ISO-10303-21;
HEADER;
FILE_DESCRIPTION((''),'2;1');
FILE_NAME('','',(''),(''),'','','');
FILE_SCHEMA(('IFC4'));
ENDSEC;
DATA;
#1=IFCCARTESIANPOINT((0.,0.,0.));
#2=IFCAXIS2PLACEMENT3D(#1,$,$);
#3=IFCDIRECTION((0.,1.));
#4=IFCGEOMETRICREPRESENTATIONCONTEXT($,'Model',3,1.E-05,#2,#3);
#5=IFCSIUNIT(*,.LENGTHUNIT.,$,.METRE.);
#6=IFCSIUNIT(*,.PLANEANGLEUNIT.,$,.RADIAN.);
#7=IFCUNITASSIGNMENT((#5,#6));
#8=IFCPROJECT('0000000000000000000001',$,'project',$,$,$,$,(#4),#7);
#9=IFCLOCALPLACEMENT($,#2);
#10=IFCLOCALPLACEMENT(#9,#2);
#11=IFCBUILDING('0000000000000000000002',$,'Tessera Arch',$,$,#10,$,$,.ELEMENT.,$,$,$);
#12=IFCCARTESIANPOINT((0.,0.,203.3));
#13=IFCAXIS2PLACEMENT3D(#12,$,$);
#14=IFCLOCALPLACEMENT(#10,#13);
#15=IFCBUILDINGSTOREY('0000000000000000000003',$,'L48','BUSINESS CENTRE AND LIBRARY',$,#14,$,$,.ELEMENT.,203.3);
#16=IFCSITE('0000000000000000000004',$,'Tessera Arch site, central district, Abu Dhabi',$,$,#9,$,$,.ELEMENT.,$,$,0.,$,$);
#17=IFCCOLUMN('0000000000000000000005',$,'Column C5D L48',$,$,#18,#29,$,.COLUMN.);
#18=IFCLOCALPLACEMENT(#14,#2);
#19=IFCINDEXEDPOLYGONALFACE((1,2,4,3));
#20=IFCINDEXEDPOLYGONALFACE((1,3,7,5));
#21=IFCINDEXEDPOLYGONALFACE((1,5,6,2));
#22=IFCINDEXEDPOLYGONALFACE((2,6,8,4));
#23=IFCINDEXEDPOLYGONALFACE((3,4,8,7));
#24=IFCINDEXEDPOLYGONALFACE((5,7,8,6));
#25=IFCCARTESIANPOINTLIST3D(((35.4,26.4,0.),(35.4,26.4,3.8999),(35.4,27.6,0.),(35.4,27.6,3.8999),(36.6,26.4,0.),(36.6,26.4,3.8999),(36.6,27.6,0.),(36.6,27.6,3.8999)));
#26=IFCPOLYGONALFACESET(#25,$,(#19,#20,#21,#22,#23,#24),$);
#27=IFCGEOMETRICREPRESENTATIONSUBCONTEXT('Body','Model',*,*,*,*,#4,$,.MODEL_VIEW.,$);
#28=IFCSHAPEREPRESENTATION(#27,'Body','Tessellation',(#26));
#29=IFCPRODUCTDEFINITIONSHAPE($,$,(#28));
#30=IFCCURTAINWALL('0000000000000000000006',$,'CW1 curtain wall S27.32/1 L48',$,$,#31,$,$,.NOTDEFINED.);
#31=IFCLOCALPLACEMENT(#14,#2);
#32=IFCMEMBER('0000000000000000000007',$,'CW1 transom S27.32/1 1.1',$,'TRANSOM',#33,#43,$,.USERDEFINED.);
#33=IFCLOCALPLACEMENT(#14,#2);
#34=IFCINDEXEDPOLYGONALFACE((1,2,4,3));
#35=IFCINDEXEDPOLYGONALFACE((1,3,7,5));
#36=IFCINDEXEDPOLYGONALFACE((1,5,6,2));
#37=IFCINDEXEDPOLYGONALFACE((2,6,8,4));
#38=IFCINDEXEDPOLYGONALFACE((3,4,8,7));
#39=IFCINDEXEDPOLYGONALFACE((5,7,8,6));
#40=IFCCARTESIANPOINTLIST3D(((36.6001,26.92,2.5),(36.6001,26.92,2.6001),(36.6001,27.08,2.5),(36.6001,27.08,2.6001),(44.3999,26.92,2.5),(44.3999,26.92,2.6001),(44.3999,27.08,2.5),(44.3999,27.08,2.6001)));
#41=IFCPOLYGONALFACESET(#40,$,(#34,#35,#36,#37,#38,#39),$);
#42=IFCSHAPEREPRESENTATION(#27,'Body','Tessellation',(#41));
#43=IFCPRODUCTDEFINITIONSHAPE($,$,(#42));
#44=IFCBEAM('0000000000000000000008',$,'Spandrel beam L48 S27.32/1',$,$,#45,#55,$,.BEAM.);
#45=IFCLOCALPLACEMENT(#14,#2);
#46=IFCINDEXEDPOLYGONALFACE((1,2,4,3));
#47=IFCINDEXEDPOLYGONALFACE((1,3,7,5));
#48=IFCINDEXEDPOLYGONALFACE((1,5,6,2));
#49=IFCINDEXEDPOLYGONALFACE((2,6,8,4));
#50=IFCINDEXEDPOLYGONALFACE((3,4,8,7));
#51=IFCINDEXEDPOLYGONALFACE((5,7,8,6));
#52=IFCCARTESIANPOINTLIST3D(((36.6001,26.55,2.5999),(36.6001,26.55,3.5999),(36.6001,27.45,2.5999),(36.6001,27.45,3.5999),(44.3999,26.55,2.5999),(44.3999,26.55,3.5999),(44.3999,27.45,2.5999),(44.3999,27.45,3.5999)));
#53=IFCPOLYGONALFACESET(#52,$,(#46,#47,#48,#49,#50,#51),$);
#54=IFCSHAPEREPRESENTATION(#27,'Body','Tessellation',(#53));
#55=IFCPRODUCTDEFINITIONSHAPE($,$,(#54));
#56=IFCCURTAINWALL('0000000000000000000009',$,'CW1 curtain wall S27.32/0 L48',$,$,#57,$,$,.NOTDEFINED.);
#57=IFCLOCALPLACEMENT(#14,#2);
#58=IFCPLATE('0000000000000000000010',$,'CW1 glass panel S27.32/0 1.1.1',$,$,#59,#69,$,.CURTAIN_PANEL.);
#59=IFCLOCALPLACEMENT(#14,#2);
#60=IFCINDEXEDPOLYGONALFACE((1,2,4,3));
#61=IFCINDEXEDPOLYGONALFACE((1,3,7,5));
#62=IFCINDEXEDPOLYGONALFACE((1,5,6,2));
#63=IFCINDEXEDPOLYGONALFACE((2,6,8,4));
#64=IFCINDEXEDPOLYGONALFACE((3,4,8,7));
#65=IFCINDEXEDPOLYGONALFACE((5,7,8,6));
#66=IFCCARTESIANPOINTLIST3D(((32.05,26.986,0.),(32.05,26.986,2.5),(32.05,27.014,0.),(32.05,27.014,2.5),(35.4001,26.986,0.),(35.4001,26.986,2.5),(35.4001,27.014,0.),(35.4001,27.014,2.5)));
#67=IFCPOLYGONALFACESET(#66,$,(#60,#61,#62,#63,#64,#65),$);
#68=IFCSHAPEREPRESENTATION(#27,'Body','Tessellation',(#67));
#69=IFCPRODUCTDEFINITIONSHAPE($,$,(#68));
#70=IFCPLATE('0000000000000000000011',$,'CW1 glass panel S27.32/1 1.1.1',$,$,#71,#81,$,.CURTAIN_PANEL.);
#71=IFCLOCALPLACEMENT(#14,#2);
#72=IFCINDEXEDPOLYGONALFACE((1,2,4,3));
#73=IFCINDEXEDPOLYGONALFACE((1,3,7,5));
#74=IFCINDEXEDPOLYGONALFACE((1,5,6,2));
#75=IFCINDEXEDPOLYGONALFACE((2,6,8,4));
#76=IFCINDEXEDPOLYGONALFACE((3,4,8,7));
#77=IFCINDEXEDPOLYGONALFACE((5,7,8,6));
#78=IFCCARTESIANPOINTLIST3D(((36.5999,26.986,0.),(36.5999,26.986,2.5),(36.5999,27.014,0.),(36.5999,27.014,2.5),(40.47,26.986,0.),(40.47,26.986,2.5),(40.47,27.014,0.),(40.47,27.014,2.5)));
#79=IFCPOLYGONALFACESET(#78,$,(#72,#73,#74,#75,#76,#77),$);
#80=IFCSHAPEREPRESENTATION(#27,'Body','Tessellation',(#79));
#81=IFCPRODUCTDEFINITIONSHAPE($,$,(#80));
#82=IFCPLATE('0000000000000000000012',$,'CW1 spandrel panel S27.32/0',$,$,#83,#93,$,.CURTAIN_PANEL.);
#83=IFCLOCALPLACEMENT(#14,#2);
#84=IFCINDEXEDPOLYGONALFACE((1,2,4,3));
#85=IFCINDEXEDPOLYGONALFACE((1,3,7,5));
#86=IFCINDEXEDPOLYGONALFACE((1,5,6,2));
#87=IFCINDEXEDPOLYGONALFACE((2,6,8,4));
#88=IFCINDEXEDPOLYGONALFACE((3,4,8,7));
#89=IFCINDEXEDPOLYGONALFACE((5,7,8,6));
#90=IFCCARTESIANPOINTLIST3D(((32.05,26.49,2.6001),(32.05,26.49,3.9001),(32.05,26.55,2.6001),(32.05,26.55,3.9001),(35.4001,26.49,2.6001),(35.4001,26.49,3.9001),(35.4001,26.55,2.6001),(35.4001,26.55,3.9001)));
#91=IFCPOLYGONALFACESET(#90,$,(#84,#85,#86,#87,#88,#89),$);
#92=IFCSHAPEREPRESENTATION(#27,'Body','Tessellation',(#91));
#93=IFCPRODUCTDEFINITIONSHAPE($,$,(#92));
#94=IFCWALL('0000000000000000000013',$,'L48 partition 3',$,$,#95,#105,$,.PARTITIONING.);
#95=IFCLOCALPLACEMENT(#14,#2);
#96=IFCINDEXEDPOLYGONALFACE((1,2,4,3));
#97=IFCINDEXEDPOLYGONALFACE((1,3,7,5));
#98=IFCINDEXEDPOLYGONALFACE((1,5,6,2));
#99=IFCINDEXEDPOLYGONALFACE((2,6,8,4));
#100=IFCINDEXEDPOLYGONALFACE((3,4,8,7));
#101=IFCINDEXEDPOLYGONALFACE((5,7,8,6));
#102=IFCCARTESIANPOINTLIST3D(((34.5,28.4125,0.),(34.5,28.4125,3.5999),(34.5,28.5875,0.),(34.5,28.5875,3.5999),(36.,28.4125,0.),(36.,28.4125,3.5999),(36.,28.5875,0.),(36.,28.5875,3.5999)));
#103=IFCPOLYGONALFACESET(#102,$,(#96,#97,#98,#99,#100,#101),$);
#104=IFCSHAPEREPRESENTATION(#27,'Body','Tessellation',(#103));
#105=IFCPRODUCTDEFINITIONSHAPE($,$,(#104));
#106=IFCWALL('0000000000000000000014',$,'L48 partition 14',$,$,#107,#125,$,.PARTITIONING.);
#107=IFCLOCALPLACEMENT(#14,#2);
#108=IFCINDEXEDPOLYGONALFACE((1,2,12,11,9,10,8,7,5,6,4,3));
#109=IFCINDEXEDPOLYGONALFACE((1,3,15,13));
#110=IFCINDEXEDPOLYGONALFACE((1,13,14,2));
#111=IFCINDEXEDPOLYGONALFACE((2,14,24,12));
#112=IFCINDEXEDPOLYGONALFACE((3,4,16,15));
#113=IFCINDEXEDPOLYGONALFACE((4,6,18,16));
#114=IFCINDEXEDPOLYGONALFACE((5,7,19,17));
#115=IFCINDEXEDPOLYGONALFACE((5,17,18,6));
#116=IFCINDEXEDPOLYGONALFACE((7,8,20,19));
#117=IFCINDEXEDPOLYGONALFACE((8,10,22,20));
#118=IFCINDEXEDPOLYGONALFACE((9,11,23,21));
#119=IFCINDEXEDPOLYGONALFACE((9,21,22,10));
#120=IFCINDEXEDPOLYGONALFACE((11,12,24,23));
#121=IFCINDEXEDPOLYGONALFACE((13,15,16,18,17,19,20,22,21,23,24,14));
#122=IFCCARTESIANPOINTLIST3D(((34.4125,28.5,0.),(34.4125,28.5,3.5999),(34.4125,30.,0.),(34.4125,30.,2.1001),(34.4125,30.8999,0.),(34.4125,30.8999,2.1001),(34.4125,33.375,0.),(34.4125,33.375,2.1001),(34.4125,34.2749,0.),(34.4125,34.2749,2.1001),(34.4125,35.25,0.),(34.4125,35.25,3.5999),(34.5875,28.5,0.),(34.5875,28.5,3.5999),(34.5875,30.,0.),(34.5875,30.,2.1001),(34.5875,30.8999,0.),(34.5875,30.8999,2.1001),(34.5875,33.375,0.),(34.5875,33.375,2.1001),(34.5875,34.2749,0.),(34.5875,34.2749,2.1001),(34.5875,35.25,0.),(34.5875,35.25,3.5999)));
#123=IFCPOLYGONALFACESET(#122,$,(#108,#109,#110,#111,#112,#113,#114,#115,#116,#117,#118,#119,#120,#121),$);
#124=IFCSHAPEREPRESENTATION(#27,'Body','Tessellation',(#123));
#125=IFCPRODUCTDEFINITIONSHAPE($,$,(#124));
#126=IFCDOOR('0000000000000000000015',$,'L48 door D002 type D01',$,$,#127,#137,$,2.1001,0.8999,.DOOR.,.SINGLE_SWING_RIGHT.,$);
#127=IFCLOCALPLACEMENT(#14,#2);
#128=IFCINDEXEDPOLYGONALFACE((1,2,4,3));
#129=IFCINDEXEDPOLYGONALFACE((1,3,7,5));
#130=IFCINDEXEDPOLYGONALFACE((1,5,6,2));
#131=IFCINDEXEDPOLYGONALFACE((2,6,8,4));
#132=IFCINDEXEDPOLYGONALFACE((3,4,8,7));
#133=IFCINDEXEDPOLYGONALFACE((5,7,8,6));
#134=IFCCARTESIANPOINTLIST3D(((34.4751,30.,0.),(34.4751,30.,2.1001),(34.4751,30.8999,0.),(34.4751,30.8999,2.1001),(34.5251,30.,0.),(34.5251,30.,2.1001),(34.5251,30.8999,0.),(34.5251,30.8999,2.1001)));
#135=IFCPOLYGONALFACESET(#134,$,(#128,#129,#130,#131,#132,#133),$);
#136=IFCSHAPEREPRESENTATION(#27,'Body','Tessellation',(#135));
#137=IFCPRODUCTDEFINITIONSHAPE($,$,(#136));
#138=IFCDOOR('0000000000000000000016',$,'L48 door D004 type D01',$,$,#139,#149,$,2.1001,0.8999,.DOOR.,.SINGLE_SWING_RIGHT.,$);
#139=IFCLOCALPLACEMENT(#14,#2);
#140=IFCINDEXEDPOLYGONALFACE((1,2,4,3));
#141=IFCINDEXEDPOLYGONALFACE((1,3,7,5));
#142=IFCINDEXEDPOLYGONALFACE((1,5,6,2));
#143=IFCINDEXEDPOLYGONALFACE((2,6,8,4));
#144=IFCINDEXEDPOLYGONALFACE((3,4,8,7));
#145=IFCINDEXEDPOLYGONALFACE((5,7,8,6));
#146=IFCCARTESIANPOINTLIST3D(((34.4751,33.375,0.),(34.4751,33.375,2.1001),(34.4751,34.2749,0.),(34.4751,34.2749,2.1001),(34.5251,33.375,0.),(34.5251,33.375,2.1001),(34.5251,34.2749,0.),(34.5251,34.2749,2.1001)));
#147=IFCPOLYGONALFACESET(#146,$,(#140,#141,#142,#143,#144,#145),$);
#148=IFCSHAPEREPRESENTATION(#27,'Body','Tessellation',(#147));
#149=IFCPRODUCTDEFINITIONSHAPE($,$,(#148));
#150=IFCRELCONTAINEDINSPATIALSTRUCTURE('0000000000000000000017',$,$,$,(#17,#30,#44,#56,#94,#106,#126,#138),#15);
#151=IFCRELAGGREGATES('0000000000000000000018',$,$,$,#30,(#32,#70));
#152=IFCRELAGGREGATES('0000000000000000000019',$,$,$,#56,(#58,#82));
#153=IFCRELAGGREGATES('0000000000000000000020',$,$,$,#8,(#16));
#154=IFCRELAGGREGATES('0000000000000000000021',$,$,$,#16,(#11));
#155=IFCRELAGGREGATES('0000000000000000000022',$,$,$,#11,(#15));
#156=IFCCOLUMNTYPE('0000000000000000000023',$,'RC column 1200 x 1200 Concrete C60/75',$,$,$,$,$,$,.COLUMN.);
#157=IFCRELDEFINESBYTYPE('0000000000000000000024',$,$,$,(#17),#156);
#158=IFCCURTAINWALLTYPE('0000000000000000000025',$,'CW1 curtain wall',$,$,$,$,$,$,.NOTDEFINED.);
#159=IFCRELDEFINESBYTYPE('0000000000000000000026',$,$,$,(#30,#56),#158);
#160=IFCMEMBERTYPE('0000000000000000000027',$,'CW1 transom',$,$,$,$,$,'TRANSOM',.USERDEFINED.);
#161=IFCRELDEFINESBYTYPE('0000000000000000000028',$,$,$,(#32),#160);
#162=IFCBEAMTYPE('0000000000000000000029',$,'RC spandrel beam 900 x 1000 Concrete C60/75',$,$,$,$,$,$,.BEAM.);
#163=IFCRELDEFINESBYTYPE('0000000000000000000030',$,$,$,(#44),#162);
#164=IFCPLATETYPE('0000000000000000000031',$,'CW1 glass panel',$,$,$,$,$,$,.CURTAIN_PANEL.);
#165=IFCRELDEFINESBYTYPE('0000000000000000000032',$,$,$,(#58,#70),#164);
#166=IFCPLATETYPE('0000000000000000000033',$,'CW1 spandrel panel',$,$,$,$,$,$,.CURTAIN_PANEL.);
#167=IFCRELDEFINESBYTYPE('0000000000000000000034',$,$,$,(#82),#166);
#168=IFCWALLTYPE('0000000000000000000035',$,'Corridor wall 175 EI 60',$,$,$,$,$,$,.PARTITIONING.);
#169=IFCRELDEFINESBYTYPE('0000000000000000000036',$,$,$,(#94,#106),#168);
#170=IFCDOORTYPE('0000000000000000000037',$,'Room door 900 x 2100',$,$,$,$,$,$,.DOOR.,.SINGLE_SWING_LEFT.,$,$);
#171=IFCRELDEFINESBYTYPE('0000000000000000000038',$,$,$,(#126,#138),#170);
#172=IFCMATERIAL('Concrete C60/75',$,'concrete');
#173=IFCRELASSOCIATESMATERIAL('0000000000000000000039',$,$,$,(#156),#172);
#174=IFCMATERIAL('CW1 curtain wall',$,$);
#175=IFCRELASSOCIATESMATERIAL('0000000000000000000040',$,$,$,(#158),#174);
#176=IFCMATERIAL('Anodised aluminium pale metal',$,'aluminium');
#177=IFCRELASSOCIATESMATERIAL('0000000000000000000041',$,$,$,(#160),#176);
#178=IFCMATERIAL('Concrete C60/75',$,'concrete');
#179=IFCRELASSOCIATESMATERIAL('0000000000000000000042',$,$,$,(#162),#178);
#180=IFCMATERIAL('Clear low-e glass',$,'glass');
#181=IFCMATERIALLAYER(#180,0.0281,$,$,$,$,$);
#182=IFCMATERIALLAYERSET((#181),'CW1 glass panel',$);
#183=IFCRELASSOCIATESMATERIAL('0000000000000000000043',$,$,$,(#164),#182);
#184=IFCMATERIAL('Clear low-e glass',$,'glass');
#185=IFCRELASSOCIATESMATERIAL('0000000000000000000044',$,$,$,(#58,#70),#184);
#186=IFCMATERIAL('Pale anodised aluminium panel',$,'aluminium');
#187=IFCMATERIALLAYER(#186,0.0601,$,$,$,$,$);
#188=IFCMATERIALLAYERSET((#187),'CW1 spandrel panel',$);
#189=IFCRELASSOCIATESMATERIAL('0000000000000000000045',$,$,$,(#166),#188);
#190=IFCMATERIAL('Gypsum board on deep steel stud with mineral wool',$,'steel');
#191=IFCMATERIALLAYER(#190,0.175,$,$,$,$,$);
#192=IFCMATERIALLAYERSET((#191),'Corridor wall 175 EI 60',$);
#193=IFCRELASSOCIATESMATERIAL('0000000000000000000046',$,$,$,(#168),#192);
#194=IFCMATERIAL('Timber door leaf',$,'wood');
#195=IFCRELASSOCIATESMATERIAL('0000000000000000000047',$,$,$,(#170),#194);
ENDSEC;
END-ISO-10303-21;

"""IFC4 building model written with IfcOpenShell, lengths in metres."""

from ifc_helpers import new_model, si_unit, direction, frame, frame_2d, origin, origin_2d, place, context, subcontext, project, spatial, rectangle, extrude, material, layer, layer_set, material_profile, profile_set, type_object, element, fill, aggregate, save


model = new_model("IFC4")

# Units and contexts
model_context = context("Model", 3, precision=1e-05, world=origin(), true_north=direction((0.0, 1.0)))
body_context = subcontext(model_context, "Body", "Model", "MODEL_VIEW")
ifc_project = project(units=[si_unit("LENGTHUNIT", "METRE"), si_unit("PLANEANGLEUNIT", "RADIAN")], contexts=[model_context])

# Site, building, storey
site_placement = place(None, origin())
site = spatial("IfcSite", under=ifc_project, at=site_placement, Name="Tessera Arch site, central district, Abu Dhabi", CompositionType="ELEMENT", RefElevation=0.0)
building_placement = place(site_placement, origin())
building = spatial("IfcBuilding", under=site, at=building_placement, Name="Tessera Arch", CompositionType="ELEMENT")
storey_placement = place(building_placement, frame((0.0, 0.0, 203.3)))
storey = spatial("IfcBuildingStorey", under=building, at=storey_placement, Name="L48", Description="BUSINESS CENTRE AND LIBRARY", CompositionType="ELEMENT", Elevation=203.3)

# Column
ifc_material_1 = material(Name="Concrete C60/75", Category="concrete")
ifc_material_profile_1 = material_profile(ifc_material_1, rectangle(XDim=1.2, YDim=1.2, at=origin_2d()), Name="RC column 1200 x 1200 Concrete C60/75")
ifc_profile_set_1 = profile_set([ifc_material_profile_1], Name="Concrete C60/75")
column_type = type_object("IfcColumnType", Name="RC column 1200 x 1200 Concrete C60/75", PredefinedType="COLUMN", material=ifc_profile_set_1)
column_placement = place(storey_placement, frame((36.0, 27.0, 0.0), z_axis=(0.0, 0.0, 1.0), x_axis=(1.0, 0.0, 0.0)))
element("IfcColumn", 1, at=column_placement, inside=storey, type_object=column_type, Name="Column C5D L48", PredefinedType="COLUMN", context=body_context, shape_type="SweptSolid", body=[
    extrude(rectangle(XDim=1.2, YDim=1.2, at=origin_2d()), origin(), (0.0, 0.0, 1.0), 3.8999),
])

# Curtain wall, member
ifc_material_2 = material(Name="CW1 curtain wall")
curtain_wall_type = type_object("IfcCurtainWallType", Name="CW1 curtain wall", PredefinedType="NOTDEFINED", material=ifc_material_2)
curtain_wall_1_placement = place(storey_placement, origin())
curtain_wall_1 = element("IfcCurtainWall", 2, at=curtain_wall_1_placement, inside=storey, type_object=curtain_wall_type, Name="CW1 curtain wall S27.32/1 L48", PredefinedType="NOTDEFINED")
ifc_material_3 = material(Name="Anodised aluminium pale metal", Category="aluminium")
ifc_material_profile_2 = material_profile(ifc_material_3, rectangle(XDim=0.1599, YDim=0.1001, at=origin_2d()), Name="AL 160x100")
ifc_profile_set_2 = profile_set([ifc_material_profile_2], Name="Anodised aluminium pale metal")
member_type = type_object("IfcMemberType", Name="CW1 transom", ElementType="TRANSOM", PredefinedType="USERDEFINED", material=ifc_profile_set_2)
member_placement = place(storey_placement, frame((36.6001, 27.0, 2.55), z_axis=(1.0, 0.0, 0.0), x_axis=(0.0, 1.0, 0.0)))
member = element("IfcMember", 3, at=member_placement, type_object=member_type, Name="CW1 transom S27.32/1 1.1", ObjectType="TRANSOM", PredefinedType="USERDEFINED", context=body_context, shape_type="SweptSolid", body=[
    extrude(rectangle(XDim=0.1599, YDim=0.1001, at=origin_2d()), origin(), (0.0, 0.0, 1.0), 7.7998),
])

# Beam
ifc_material_4 = material(Name="Concrete C60/75", Category="concrete")
ifc_material_profile_3 = material_profile(ifc_material_4, rectangle(XDim=0.8999, YDim=1.0, at=origin_2d()), Name="RC spandrel beam 900 x 1000 Concrete C60/75")
ifc_profile_set_3 = profile_set([ifc_material_profile_3], Name="Concrete C60/75")
beam_type = type_object("IfcBeamType", Name="RC spandrel beam 900 x 1000 Concrete C60/75", PredefinedType="BEAM", material=ifc_profile_set_3)
beam_placement = place(storey_placement, frame((36.6001, 27.0, 3.0999), z_axis=(1.0, 0.0, 0.0), x_axis=(0.0, 1.0, 0.0)))
element("IfcBeam", 4, at=beam_placement, inside=storey, type_object=beam_type, Name="Spandrel beam L48 S27.32/1", PredefinedType="BEAM", context=body_context, shape_type="SweptSolid", body=[
    extrude(rectangle(XDim=0.8999, YDim=1.0, at=origin_2d()), origin(), (0.0, 0.0, 1.0), 7.7998),
])

# Curtain wall, plate
curtain_wall_2_placement = place(storey_placement, origin())
curtain_wall_2 = element("IfcCurtainWall", 5, at=curtain_wall_2_placement, inside=storey, type_object=curtain_wall_type, Name="CW1 curtain wall S27.32/0 L48", PredefinedType="NOTDEFINED")
ifc_material_5 = material(Name="Clear low-e glass", Category="glass")
ifc_material_6 = material(Name="Clear low-e glass", Category="glass")
ifc_layer_1 = layer(ifc_material_6, 0.0281)
ifc_layer_set_1 = layer_set([ifc_layer_1], Name="CW1 glass panel")
plate_type_1 = type_object("IfcPlateType", Name="CW1 glass panel", PredefinedType="CURTAIN_PANEL", material=ifc_layer_set_1)
plate_1_placement = place(storey_placement, frame((33.7251, 27.0, 0.0), z_axis=(0.0, 0.0, 1.0), x_axis=(1.0, 0.0, 0.0)))
plate_1 = element("IfcPlate", 6, at=plate_1_placement, type_object=plate_type_1, material=ifc_material_5, Name="CW1 glass panel S27.32/0 1.1.1", PredefinedType="CURTAIN_PANEL", context=body_context, shape_type="SweptSolid", body=[
    extrude(rectangle(XDim=3.3501, YDim=0.0281, at=origin_2d()), origin(), (0.0, 0.0, 1.0), 2.5),
])

# Plates
plate_2_placement = place(storey_placement, frame((38.5349, 27.0, 0.0), z_axis=(0.0, 0.0, 1.0), x_axis=(1.0, 0.0, 0.0)))
plate_2 = element("IfcPlate", 7, at=plate_2_placement, type_object=plate_type_1, material=ifc_material_5, Name="CW1 glass panel S27.32/1 1.1.1", PredefinedType="CURTAIN_PANEL", context=body_context, shape_type="SweptSolid", body=[
    extrude(rectangle(XDim=3.8701, YDim=0.0281, at=origin_2d()), origin(), (0.0, 0.0, 1.0), 2.5),
])
aggregate(curtain_wall_1, [member, plate_2])
ifc_material_7 = material(Name="Pale anodised aluminium panel", Category="aluminium")
ifc_layer_2 = layer(ifc_material_7, 0.0601)
ifc_layer_set_2 = layer_set([ifc_layer_2], Name="CW1 spandrel panel")
plate_type_2 = type_object("IfcPlateType", Name="CW1 spandrel panel", PredefinedType="CURTAIN_PANEL", material=ifc_layer_set_2)
plate_3_placement = place(storey_placement, frame((33.7251, 26.52, 2.6001), z_axis=(0.0, 0.0, 1.0), x_axis=(1.0, 0.0, 0.0)))
plate_3 = element("IfcPlate", 8, at=plate_3_placement, type_object=plate_type_2, Name="CW1 spandrel panel S27.32/0", PredefinedType="CURTAIN_PANEL", context=body_context, shape_type="SweptSolid", body=[
    extrude(rectangle(XDim=3.3501, YDim=0.0601, at=origin_2d()), origin(), (0.0, 0.0, 1.0), 1.3),
])
aggregate(curtain_wall_2, [plate_1, plate_3])

# Wall
ifc_material_8 = material(Name="Gypsum board on deep steel stud with mineral wool", Category="steel")
ifc_layer_3 = layer(ifc_material_8, 0.175)
ifc_layer_set_3 = layer_set([ifc_layer_3], Name="Corridor wall 175 EI 60")
wall_type = type_object("IfcWallType", Name="Corridor wall 175 EI 60", PredefinedType="PARTITIONING", material=ifc_layer_set_3)
wall_1_placement = place(storey_placement, frame((34.5, 28.5, 0.0), z_axis=(0.0, 0.0, 1.0), x_axis=(1.0, 0.0, 0.0)))
element("IfcWall", 9, at=wall_1_placement, inside=storey, type_object=wall_type, Name="L48 partition 3", PredefinedType="PARTITIONING", context=body_context, shape_type="SweptSolid", body=[
    extrude(rectangle(XDim=1.5, YDim=0.175, at=frame_2d((0.75, 0.0))), origin(), (0.0, 0.0, 1.0), 3.5999),
])

# Wall, openings, doors
wall_2_placement = place(storey_placement, frame((34.5, 28.5, 0.0), z_axis=(0.0, 0.0, 1.0), x_axis=(0.0, 1.0, 0.0)))
wall_2 = element("IfcWall", 10, at=wall_2_placement, inside=storey, type_object=wall_type, Name="L48 partition 14", PredefinedType="PARTITIONING", context=body_context, shape_type="SweptSolid", body=[
    extrude(rectangle(XDim=6.75, YDim=0.175, at=frame_2d((3.375, 0.0))), origin(), (0.0, 0.0, 1.0), 3.5999),
])
opening_1_placement = place(wall_2_placement, frame((1.5, 0.0, 0.0)))
opening_1 = element("IfcOpeningElement", 11, at=opening_1_placement, cuts=wall_2, PredefinedType="OPENING", context=body_context, shape_type="SweptSolid", body=[
    extrude(rectangle(XDim=0.8999, YDim=2.1001, at=frame_2d((0.45, 1.05))), frame((0.0, 0.0974, 0.0), z_axis=(0.0, -1.0, 0.0), x_axis=(1.0, 0.0, 0.0)), (0.0, 0.0, 1.0), 0.1951),
])
opening_2_placement = place(wall_2_placement, frame((4.875, 0.0, 0.0)))
opening_2 = element("IfcOpeningElement", 12, at=opening_2_placement, cuts=wall_2, PredefinedType="OPENING", context=body_context, shape_type="SweptSolid", body=[
    extrude(rectangle(XDim=0.8999, YDim=2.1001, at=frame_2d((0.45, 1.05))), frame((0.0, 0.0974, 0.0), z_axis=(0.0, -1.0, 0.0), x_axis=(1.0, 0.0, 0.0)), (0.0, 0.0, 1.0), 0.1951),
])
ifc_material_9 = material(Name="Timber door leaf", Category="wood")
door_type = type_object("IfcDoorType", Name="Room door 900 x 2100", OperationType="SINGLE_SWING_LEFT", PredefinedType="DOOR", material=ifc_material_9)
door_1_placement = place(opening_1_placement, origin())
door_1 = element("IfcDoor", 13, at=door_1_placement, inside=storey, type_object=door_type, Name="L48 door D002 type D01", OperationType="SINGLE_SWING_RIGHT", OverallHeight=2.1001, OverallWidth=0.8999, PredefinedType="DOOR", context=body_context, shape_type="SweptSolid", body=[
    extrude(rectangle(XDim=0.8999, YDim=2.1001, at=frame_2d((0.45, 1.05))), frame((0.0, 0.0249, 0.0), z_axis=(0.0, -1.0, 0.0), x_axis=(1.0, 0.0, 0.0)), (0.0, 0.0, 1.0), 0.05),
])
fill(opening_1, door_1)
door_2_placement = place(opening_2_placement, origin())
door_2 = element("IfcDoor", 14, at=door_2_placement, inside=storey, type_object=door_type, Name="L48 door D004 type D01", OperationType="SINGLE_SWING_RIGHT", OverallHeight=2.1001, OverallWidth=0.8999, PredefinedType="DOOR", context=body_context, shape_type="SweptSolid", body=[
    extrude(rectangle(XDim=0.8999, YDim=2.1001, at=frame_2d((0.45, 1.05))), frame((0.0, 0.0249, 0.0), z_axis=(0.0, -1.0, 0.0), x_axis=(1.0, 0.0, 0.0)), (0.0, 0.0, 1.0), 0.05),
])
fill(opening_2, door_2)

save(model, "model.ifc")
